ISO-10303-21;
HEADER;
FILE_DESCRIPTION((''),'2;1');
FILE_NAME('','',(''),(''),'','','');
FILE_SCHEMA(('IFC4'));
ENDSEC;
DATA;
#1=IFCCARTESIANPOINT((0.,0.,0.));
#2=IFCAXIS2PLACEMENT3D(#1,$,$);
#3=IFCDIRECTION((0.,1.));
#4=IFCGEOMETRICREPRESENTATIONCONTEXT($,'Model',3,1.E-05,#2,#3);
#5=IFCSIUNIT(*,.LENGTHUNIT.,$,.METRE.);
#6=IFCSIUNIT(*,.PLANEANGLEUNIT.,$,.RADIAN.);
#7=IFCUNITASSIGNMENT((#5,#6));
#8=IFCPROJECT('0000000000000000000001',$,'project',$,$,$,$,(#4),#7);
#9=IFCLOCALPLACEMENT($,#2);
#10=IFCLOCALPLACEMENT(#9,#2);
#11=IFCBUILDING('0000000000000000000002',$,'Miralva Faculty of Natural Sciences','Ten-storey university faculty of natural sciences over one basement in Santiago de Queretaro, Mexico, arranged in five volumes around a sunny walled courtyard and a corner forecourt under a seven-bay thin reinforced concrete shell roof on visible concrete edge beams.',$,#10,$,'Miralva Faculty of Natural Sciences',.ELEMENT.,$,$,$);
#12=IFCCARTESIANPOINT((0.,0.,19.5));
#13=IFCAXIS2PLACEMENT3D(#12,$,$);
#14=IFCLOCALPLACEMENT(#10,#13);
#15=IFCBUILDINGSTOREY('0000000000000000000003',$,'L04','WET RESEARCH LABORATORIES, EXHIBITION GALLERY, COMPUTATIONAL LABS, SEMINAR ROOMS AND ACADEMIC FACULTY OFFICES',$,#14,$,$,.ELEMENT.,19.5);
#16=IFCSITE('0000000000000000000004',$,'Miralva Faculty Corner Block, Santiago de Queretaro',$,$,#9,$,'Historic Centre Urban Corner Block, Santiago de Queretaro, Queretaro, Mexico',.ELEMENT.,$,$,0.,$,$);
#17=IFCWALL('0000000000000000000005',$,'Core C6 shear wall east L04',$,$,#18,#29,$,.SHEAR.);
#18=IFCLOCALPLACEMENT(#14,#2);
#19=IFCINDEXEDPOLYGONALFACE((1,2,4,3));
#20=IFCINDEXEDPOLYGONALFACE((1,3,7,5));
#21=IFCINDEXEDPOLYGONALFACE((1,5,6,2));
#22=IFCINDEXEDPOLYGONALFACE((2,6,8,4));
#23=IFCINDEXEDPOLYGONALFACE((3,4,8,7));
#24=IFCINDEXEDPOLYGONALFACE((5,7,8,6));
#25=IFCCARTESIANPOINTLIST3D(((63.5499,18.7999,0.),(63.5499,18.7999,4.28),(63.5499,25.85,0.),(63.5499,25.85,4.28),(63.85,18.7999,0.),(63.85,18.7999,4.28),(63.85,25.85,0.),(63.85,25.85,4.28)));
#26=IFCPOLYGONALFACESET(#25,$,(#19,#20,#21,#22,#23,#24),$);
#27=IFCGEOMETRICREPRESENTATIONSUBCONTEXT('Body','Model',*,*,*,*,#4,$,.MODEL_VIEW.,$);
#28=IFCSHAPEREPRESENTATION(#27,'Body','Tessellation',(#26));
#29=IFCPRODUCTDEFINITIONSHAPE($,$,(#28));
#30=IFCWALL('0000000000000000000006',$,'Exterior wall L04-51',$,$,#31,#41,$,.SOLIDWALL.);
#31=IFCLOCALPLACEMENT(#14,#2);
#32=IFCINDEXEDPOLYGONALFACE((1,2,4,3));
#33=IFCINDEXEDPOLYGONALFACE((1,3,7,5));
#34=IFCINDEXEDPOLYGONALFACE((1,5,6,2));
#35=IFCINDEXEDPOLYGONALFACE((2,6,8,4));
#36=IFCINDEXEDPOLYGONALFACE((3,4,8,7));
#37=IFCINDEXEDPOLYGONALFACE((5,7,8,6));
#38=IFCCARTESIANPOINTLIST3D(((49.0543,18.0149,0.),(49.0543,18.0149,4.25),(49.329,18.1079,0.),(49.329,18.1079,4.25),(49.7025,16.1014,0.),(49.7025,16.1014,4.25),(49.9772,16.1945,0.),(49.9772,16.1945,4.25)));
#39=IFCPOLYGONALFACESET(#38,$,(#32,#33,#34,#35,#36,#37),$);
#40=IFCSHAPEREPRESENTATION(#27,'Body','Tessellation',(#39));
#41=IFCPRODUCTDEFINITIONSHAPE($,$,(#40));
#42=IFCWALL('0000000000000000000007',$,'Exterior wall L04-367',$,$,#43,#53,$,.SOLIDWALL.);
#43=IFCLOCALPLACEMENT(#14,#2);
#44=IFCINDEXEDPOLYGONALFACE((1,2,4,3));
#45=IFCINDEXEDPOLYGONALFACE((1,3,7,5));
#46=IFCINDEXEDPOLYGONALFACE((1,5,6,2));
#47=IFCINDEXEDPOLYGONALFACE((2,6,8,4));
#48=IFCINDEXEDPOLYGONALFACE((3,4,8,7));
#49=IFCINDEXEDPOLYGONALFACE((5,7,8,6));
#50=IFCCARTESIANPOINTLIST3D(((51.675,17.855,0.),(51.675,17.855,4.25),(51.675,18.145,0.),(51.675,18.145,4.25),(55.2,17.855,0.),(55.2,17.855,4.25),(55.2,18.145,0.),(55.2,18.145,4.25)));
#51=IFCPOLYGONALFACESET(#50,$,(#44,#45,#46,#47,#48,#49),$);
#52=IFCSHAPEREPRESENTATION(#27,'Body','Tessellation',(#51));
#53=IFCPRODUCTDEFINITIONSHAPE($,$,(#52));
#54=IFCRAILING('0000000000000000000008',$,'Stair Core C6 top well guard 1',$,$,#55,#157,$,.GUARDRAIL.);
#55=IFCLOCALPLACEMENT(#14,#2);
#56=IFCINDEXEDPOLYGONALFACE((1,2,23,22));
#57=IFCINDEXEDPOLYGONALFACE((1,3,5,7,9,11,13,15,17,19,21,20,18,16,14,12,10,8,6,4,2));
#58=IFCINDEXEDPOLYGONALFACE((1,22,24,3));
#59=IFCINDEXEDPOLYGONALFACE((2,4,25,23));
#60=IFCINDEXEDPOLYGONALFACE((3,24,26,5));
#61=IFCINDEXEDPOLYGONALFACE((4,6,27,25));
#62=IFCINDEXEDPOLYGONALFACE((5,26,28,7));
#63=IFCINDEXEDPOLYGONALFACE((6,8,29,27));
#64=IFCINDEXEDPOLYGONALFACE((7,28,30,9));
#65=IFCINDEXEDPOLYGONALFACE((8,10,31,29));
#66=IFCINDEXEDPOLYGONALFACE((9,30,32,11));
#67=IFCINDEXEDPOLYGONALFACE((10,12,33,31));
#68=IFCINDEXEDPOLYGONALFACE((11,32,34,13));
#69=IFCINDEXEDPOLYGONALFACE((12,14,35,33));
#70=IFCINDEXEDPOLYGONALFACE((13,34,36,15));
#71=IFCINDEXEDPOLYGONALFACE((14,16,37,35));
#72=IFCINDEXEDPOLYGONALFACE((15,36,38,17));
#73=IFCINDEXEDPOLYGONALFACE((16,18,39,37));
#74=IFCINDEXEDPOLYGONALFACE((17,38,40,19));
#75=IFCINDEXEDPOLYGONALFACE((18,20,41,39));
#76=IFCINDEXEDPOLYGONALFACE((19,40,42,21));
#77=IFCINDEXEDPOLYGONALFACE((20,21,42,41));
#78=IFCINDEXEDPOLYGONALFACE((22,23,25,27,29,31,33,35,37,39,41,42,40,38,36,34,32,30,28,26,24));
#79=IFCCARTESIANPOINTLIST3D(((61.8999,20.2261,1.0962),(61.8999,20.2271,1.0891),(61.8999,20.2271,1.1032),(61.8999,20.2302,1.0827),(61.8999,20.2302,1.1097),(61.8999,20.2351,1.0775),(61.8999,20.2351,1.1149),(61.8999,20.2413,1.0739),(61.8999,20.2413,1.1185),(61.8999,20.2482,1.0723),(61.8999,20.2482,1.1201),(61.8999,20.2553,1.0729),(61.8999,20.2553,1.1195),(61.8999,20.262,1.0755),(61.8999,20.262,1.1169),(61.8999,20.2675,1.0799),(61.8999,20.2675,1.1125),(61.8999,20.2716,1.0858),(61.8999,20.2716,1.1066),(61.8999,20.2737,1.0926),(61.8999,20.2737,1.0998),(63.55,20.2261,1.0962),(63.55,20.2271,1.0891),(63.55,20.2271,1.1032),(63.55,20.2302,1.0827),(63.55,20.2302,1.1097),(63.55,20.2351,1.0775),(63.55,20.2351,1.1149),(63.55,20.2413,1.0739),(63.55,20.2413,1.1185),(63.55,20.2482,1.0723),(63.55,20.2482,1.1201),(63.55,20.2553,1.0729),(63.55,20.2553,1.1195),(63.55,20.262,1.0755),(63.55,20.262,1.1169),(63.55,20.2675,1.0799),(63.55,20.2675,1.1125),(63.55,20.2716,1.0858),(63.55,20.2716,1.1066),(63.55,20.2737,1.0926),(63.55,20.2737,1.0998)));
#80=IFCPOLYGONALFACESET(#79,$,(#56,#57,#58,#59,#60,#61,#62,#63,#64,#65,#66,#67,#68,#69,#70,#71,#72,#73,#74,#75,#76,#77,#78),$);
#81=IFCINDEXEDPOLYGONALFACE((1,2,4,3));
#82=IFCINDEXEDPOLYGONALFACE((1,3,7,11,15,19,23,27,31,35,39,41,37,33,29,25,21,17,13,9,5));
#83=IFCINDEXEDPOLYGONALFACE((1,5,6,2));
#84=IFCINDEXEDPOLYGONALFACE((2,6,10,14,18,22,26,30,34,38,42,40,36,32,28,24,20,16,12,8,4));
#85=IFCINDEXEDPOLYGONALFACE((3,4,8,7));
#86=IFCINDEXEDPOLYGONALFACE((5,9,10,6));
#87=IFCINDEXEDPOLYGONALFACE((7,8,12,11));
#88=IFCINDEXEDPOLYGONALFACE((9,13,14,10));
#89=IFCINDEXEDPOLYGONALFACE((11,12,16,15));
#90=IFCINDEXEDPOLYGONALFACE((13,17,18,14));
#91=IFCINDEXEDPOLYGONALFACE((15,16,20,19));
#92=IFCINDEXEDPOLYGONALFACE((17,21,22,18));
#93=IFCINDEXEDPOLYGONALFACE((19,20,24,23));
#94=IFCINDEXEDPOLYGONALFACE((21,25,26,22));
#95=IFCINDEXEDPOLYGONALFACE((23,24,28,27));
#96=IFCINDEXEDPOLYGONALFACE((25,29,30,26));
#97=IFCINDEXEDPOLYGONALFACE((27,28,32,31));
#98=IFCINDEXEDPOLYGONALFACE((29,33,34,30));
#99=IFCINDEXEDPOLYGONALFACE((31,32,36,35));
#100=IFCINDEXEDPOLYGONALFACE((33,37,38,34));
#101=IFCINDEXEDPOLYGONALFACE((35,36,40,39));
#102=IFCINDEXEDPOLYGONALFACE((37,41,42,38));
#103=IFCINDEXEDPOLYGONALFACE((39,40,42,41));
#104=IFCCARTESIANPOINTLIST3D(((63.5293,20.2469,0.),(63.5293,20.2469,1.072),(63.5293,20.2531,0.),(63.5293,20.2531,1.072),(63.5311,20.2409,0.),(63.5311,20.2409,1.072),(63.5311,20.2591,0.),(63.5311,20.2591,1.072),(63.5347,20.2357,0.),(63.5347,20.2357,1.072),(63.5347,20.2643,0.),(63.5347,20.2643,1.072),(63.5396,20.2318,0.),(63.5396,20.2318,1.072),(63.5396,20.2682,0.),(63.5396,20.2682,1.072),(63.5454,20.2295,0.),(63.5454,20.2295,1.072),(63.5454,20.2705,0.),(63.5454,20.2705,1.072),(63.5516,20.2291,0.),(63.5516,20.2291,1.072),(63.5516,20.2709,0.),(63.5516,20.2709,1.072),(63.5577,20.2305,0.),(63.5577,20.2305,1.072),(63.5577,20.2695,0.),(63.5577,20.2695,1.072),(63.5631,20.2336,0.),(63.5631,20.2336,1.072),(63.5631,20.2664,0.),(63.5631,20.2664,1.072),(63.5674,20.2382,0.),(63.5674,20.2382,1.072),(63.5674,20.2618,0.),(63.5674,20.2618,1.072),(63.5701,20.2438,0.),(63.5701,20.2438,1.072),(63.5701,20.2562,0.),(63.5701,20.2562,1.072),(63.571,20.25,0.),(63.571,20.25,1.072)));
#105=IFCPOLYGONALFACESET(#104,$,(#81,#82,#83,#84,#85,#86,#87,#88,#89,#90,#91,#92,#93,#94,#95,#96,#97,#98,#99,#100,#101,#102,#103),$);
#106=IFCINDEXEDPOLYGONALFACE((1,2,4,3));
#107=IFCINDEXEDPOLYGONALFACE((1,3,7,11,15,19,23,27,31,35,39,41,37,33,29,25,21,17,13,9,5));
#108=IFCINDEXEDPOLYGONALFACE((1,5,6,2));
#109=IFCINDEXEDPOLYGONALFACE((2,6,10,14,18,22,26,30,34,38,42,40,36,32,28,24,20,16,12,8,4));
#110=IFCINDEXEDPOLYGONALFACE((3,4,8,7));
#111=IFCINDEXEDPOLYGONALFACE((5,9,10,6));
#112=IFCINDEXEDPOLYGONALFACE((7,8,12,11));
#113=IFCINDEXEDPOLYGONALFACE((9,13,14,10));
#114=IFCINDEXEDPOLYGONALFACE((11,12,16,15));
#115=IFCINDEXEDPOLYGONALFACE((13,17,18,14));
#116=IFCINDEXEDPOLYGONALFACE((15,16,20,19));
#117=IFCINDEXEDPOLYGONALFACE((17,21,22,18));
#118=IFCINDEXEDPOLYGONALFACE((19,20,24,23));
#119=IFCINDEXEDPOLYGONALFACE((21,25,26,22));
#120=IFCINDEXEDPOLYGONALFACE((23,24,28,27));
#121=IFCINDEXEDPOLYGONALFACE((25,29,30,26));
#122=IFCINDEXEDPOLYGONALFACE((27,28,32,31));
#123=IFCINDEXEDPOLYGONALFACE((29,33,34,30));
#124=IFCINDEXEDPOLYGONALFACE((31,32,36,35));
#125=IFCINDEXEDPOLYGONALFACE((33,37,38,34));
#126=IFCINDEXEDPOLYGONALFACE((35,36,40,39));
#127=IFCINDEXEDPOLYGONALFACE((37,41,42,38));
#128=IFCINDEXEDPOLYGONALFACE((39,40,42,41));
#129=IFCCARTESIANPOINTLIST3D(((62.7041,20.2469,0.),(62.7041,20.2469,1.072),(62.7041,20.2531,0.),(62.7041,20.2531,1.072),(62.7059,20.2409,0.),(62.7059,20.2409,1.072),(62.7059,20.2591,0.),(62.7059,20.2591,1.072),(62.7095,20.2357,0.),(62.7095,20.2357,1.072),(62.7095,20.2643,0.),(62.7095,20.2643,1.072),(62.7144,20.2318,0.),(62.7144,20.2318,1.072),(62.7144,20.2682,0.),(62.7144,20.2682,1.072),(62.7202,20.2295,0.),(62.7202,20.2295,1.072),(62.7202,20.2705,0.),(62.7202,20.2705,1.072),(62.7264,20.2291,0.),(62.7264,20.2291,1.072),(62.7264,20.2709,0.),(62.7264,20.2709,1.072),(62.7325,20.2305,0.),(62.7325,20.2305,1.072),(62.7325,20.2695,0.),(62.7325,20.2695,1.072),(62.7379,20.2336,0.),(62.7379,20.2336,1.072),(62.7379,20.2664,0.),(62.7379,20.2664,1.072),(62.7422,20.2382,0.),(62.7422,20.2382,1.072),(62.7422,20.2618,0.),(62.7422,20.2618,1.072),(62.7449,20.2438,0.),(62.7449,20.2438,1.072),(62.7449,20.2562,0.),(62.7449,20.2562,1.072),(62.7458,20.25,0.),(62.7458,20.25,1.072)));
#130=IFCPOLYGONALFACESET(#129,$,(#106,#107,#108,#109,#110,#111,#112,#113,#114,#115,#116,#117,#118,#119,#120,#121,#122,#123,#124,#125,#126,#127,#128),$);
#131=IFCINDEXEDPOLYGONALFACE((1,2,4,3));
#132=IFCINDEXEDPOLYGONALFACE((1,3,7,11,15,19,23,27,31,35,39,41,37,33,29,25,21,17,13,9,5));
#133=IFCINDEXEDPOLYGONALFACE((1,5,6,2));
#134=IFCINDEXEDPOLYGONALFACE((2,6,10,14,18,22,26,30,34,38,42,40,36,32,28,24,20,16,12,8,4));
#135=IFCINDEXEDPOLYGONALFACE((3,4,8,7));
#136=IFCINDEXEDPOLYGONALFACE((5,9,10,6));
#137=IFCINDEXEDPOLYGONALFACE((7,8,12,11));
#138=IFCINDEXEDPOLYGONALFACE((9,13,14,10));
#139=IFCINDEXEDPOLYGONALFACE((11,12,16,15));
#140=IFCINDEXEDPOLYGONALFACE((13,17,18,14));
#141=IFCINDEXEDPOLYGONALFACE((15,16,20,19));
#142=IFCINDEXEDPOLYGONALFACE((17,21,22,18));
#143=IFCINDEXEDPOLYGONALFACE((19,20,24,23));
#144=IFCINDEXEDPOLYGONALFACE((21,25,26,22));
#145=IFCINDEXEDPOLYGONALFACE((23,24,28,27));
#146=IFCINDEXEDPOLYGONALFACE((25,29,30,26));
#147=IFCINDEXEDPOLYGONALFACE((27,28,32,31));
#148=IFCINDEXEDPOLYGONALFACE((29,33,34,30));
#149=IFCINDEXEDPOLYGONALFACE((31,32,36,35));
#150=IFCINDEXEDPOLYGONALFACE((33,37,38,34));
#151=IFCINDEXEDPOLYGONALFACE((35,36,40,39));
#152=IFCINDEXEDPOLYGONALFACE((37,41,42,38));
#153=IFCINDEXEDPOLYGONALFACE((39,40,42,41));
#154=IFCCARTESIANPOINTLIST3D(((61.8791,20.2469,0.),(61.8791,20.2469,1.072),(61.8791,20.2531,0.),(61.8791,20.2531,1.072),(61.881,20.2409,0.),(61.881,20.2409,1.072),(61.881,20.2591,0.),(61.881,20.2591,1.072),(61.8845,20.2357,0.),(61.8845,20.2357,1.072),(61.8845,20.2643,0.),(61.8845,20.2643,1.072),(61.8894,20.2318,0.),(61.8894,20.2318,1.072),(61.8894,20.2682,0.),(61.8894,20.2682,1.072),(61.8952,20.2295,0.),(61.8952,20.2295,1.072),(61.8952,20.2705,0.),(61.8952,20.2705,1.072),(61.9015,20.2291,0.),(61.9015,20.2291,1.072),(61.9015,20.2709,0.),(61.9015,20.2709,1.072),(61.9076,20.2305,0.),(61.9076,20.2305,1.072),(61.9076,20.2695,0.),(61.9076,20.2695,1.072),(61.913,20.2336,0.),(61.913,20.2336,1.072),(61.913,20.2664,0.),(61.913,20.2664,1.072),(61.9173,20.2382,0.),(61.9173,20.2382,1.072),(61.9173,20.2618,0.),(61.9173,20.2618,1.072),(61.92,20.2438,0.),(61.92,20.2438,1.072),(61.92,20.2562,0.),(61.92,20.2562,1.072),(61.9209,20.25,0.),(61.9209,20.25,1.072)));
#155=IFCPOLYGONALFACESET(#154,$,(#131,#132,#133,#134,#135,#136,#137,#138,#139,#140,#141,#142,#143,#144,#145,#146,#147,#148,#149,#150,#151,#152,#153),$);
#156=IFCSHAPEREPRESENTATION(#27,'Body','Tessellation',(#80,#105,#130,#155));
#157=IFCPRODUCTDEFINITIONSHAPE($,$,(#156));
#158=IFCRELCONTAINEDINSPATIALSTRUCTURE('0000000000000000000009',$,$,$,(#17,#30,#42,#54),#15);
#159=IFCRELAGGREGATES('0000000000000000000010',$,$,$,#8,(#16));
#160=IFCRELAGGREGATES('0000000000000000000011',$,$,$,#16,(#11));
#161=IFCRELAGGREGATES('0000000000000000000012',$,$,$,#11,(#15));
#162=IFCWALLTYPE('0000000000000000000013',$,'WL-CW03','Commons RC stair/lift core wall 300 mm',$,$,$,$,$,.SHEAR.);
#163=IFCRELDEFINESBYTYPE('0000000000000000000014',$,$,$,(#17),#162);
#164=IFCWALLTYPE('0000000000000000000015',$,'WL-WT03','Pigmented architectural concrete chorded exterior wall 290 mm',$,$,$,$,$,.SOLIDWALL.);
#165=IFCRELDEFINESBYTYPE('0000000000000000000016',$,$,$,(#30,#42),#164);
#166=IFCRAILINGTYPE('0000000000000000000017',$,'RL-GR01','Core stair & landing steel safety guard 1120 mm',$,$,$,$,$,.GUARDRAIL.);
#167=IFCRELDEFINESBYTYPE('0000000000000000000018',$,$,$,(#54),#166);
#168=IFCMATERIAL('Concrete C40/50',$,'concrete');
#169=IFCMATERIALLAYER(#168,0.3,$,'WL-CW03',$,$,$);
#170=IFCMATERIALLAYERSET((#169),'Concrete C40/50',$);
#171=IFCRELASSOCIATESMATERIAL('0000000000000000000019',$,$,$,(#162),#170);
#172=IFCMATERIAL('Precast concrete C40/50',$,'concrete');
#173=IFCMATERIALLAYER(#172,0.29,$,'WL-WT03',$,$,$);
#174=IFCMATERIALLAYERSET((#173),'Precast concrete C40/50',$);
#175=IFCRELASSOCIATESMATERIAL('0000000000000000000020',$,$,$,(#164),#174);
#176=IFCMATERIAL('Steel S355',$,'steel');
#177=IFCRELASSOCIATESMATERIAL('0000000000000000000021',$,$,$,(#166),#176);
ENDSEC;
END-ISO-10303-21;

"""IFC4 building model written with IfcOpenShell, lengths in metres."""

from ifc_helpers import new_model, si_unit, direction, frame, frame_2d, origin, origin_2d, place, context, subcontext, project, spatial, rectangle, circle, extrude, material, layer, layer_set, type_object, element, save


model = new_model("IFC4")

# Units and contexts
model_context = context("Model", 3, precision=1e-05, world=origin(), true_north=direction((0.0, 1.0)))
body_context = subcontext(model_context, "Body", "Model", "MODEL_VIEW")
ifc_project = project(units=[si_unit("LENGTHUNIT", "METRE"), si_unit("PLANEANGLEUNIT", "RADIAN")], contexts=[model_context])

# Site, building, storey
site_placement = place(None, origin())
site = spatial("IfcSite", under=ifc_project, at=site_placement, Name="Miralva Faculty Corner Block, Santiago de Queretaro", LongName="Historic Centre Urban Corner Block, Santiago de Queretaro, Queretaro, Mexico", CompositionType="ELEMENT", RefElevation=0.0)
building_placement = place(site_placement, origin())
building = spatial("IfcBuilding", under=site, at=building_placement, Name="Miralva Faculty of Natural Sciences", Description="Ten-storey university faculty of natural sciences over one basement in Santiago de Queretaro, Mexico, arranged in five volumes around a sunny walled courtyard and a corner forecourt under a seven-bay thin reinforced concrete shell roof on visible concrete edge beams.", LongName="Miralva Faculty of Natural Sciences", CompositionType="ELEMENT")
storey_placement = place(building_placement, frame((0.0, 0.0, 19.5)))
storey = spatial("IfcBuildingStorey", under=building, at=storey_placement, Name="L04", Description="WET RESEARCH LABORATORIES, EXHIBITION GALLERY, COMPUTATIONAL LABS, SEMINAR ROOMS AND ACADEMIC FACULTY OFFICES", CompositionType="ELEMENT", Elevation=19.5)

# Shared definitions
ifc_material_1 = material(Name="Concrete C40/50", Category="concrete")

# Shared definitions
ifc_layer_1 = layer(ifc_material_1, 0.3, Name="WL-CW03")
ifc_layer_set_1 = layer_set([ifc_layer_1], Name="Concrete C40/50")
wall_type_1 = type_object("IfcWallType", Name="WL-CW03", Description="Commons RC stair/lift core wall 300 mm", PredefinedType="SHEAR", material=ifc_layer_set_1)

# Walls
for number, where, z_axis, x_axis, name in (
    (1, (63.7, 18.8, 0.0), (0.0, 0.0, 1.0), (0.0, 1.0, 0.0), "Core C6 shear wall east L04"),
):
    element("IfcWall", number, at=place(storey_placement, frame(where, z_axis=z_axis, x_axis=x_axis)), inside=storey, type_object=wall_type_1, Name=name, PredefinedType="SHEAR", context=body_context, shape_type="SweptSolid", body=[
        extrude(rectangle(XDim=7.05, YDim=0.3, at=frame_2d((3.5249, 0.0))), origin(), (0.0, 0.0, 1.0), 4.28),
    ])
ifc_material_2 = material(Name="Precast concrete C40/50", Category="concrete")
ifc_layer_2 = layer(ifc_material_2, 0.29, Name="WL-WT03")
ifc_layer_set_2 = layer_set([ifc_layer_2], Name="Precast concrete C40/50")
wall_type_2 = type_object("IfcWallType", Name="WL-WT03", Description="Pigmented architectural concrete chorded exterior wall 290 mm", PredefinedType="SOLIDWALL", material=ifc_layer_set_2)
wall_1_placement = place(storey_placement, frame((49.1917, 18.0615, 0.0), z_axis=(0.0, 0.0, 1.0), x_axis=(0.320828, -0.947137, 0.0)))
element("IfcWall", 2, at=wall_1_placement, inside=storey, type_object=wall_type_2, Name="Exterior wall L04-51", PredefinedType="SOLIDWALL", context=body_context, shape_type="SweptSolid", body=[
    extrude(rectangle(XDim=2.0203, YDim=0.29, at=frame_2d((1.0103, 0.0))), origin(), (0.0, 0.0, 1.0), 4.25),
])
wall_2_placement = place(storey_placement, frame((51.675, 18.0, 0.0), z_axis=(0.0, 0.0, 1.0), x_axis=(1.0, 0.0, 0.0)))
element("IfcWall", 3, at=wall_2_placement, inside=storey, type_object=wall_type_2, Name="Exterior wall L04-367", PredefinedType="SOLIDWALL", context=body_context, shape_type="SweptSolid", body=[
    extrude(rectangle(XDim=3.5249, YDim=0.29, at=frame_2d((1.7625, 0.0))), origin(), (0.0, 0.0, 1.0), 4.25),
])

# Railing
ifc_material_3 = material(Name="Steel S355", Category="steel")
railing_type = type_object("IfcRailingType", Name="RL-GR01", Description="Core stair & landing steel safety guard 1120 mm", PredefinedType="GUARDRAIL", material=ifc_material_3)
railing_placement = place(storey_placement, frame((63.55, 20.25, 0.0)))
element("IfcRailing", 4, at=railing_placement, inside=storey, type_object=railing_type, Name="Stair Core C6 top well guard 1", PredefinedType="GUARDRAIL", context=body_context, shape_type="SweptSolid", body=[
    extrude(circle(Radius=0.0239, at=origin_2d()), frame((0.0, 0.0, 1.0962), z_axis=(-1.0, 0.0, 0.0), x_axis=(0.0, -1.0, 0.0)), (0.0, 0.0, 1.0), 1.6501),
    extrude(circle(Radius=0.021, at=origin_2d()), origin(), (0.0, 0.0, 1.0), 1.072),
    extrude(circle(Radius=0.021, at=origin_2d()), frame((-0.8252, 0.0, 0.0)), (0.0, 0.0, 1.0), 1.072),
    extrude(circle(Radius=0.021, at=origin_2d()), frame((-1.6501, 0.0, 0.0)), (0.0, 0.0, 1.0), 1.072),
])

save(model, "model.ifc")
